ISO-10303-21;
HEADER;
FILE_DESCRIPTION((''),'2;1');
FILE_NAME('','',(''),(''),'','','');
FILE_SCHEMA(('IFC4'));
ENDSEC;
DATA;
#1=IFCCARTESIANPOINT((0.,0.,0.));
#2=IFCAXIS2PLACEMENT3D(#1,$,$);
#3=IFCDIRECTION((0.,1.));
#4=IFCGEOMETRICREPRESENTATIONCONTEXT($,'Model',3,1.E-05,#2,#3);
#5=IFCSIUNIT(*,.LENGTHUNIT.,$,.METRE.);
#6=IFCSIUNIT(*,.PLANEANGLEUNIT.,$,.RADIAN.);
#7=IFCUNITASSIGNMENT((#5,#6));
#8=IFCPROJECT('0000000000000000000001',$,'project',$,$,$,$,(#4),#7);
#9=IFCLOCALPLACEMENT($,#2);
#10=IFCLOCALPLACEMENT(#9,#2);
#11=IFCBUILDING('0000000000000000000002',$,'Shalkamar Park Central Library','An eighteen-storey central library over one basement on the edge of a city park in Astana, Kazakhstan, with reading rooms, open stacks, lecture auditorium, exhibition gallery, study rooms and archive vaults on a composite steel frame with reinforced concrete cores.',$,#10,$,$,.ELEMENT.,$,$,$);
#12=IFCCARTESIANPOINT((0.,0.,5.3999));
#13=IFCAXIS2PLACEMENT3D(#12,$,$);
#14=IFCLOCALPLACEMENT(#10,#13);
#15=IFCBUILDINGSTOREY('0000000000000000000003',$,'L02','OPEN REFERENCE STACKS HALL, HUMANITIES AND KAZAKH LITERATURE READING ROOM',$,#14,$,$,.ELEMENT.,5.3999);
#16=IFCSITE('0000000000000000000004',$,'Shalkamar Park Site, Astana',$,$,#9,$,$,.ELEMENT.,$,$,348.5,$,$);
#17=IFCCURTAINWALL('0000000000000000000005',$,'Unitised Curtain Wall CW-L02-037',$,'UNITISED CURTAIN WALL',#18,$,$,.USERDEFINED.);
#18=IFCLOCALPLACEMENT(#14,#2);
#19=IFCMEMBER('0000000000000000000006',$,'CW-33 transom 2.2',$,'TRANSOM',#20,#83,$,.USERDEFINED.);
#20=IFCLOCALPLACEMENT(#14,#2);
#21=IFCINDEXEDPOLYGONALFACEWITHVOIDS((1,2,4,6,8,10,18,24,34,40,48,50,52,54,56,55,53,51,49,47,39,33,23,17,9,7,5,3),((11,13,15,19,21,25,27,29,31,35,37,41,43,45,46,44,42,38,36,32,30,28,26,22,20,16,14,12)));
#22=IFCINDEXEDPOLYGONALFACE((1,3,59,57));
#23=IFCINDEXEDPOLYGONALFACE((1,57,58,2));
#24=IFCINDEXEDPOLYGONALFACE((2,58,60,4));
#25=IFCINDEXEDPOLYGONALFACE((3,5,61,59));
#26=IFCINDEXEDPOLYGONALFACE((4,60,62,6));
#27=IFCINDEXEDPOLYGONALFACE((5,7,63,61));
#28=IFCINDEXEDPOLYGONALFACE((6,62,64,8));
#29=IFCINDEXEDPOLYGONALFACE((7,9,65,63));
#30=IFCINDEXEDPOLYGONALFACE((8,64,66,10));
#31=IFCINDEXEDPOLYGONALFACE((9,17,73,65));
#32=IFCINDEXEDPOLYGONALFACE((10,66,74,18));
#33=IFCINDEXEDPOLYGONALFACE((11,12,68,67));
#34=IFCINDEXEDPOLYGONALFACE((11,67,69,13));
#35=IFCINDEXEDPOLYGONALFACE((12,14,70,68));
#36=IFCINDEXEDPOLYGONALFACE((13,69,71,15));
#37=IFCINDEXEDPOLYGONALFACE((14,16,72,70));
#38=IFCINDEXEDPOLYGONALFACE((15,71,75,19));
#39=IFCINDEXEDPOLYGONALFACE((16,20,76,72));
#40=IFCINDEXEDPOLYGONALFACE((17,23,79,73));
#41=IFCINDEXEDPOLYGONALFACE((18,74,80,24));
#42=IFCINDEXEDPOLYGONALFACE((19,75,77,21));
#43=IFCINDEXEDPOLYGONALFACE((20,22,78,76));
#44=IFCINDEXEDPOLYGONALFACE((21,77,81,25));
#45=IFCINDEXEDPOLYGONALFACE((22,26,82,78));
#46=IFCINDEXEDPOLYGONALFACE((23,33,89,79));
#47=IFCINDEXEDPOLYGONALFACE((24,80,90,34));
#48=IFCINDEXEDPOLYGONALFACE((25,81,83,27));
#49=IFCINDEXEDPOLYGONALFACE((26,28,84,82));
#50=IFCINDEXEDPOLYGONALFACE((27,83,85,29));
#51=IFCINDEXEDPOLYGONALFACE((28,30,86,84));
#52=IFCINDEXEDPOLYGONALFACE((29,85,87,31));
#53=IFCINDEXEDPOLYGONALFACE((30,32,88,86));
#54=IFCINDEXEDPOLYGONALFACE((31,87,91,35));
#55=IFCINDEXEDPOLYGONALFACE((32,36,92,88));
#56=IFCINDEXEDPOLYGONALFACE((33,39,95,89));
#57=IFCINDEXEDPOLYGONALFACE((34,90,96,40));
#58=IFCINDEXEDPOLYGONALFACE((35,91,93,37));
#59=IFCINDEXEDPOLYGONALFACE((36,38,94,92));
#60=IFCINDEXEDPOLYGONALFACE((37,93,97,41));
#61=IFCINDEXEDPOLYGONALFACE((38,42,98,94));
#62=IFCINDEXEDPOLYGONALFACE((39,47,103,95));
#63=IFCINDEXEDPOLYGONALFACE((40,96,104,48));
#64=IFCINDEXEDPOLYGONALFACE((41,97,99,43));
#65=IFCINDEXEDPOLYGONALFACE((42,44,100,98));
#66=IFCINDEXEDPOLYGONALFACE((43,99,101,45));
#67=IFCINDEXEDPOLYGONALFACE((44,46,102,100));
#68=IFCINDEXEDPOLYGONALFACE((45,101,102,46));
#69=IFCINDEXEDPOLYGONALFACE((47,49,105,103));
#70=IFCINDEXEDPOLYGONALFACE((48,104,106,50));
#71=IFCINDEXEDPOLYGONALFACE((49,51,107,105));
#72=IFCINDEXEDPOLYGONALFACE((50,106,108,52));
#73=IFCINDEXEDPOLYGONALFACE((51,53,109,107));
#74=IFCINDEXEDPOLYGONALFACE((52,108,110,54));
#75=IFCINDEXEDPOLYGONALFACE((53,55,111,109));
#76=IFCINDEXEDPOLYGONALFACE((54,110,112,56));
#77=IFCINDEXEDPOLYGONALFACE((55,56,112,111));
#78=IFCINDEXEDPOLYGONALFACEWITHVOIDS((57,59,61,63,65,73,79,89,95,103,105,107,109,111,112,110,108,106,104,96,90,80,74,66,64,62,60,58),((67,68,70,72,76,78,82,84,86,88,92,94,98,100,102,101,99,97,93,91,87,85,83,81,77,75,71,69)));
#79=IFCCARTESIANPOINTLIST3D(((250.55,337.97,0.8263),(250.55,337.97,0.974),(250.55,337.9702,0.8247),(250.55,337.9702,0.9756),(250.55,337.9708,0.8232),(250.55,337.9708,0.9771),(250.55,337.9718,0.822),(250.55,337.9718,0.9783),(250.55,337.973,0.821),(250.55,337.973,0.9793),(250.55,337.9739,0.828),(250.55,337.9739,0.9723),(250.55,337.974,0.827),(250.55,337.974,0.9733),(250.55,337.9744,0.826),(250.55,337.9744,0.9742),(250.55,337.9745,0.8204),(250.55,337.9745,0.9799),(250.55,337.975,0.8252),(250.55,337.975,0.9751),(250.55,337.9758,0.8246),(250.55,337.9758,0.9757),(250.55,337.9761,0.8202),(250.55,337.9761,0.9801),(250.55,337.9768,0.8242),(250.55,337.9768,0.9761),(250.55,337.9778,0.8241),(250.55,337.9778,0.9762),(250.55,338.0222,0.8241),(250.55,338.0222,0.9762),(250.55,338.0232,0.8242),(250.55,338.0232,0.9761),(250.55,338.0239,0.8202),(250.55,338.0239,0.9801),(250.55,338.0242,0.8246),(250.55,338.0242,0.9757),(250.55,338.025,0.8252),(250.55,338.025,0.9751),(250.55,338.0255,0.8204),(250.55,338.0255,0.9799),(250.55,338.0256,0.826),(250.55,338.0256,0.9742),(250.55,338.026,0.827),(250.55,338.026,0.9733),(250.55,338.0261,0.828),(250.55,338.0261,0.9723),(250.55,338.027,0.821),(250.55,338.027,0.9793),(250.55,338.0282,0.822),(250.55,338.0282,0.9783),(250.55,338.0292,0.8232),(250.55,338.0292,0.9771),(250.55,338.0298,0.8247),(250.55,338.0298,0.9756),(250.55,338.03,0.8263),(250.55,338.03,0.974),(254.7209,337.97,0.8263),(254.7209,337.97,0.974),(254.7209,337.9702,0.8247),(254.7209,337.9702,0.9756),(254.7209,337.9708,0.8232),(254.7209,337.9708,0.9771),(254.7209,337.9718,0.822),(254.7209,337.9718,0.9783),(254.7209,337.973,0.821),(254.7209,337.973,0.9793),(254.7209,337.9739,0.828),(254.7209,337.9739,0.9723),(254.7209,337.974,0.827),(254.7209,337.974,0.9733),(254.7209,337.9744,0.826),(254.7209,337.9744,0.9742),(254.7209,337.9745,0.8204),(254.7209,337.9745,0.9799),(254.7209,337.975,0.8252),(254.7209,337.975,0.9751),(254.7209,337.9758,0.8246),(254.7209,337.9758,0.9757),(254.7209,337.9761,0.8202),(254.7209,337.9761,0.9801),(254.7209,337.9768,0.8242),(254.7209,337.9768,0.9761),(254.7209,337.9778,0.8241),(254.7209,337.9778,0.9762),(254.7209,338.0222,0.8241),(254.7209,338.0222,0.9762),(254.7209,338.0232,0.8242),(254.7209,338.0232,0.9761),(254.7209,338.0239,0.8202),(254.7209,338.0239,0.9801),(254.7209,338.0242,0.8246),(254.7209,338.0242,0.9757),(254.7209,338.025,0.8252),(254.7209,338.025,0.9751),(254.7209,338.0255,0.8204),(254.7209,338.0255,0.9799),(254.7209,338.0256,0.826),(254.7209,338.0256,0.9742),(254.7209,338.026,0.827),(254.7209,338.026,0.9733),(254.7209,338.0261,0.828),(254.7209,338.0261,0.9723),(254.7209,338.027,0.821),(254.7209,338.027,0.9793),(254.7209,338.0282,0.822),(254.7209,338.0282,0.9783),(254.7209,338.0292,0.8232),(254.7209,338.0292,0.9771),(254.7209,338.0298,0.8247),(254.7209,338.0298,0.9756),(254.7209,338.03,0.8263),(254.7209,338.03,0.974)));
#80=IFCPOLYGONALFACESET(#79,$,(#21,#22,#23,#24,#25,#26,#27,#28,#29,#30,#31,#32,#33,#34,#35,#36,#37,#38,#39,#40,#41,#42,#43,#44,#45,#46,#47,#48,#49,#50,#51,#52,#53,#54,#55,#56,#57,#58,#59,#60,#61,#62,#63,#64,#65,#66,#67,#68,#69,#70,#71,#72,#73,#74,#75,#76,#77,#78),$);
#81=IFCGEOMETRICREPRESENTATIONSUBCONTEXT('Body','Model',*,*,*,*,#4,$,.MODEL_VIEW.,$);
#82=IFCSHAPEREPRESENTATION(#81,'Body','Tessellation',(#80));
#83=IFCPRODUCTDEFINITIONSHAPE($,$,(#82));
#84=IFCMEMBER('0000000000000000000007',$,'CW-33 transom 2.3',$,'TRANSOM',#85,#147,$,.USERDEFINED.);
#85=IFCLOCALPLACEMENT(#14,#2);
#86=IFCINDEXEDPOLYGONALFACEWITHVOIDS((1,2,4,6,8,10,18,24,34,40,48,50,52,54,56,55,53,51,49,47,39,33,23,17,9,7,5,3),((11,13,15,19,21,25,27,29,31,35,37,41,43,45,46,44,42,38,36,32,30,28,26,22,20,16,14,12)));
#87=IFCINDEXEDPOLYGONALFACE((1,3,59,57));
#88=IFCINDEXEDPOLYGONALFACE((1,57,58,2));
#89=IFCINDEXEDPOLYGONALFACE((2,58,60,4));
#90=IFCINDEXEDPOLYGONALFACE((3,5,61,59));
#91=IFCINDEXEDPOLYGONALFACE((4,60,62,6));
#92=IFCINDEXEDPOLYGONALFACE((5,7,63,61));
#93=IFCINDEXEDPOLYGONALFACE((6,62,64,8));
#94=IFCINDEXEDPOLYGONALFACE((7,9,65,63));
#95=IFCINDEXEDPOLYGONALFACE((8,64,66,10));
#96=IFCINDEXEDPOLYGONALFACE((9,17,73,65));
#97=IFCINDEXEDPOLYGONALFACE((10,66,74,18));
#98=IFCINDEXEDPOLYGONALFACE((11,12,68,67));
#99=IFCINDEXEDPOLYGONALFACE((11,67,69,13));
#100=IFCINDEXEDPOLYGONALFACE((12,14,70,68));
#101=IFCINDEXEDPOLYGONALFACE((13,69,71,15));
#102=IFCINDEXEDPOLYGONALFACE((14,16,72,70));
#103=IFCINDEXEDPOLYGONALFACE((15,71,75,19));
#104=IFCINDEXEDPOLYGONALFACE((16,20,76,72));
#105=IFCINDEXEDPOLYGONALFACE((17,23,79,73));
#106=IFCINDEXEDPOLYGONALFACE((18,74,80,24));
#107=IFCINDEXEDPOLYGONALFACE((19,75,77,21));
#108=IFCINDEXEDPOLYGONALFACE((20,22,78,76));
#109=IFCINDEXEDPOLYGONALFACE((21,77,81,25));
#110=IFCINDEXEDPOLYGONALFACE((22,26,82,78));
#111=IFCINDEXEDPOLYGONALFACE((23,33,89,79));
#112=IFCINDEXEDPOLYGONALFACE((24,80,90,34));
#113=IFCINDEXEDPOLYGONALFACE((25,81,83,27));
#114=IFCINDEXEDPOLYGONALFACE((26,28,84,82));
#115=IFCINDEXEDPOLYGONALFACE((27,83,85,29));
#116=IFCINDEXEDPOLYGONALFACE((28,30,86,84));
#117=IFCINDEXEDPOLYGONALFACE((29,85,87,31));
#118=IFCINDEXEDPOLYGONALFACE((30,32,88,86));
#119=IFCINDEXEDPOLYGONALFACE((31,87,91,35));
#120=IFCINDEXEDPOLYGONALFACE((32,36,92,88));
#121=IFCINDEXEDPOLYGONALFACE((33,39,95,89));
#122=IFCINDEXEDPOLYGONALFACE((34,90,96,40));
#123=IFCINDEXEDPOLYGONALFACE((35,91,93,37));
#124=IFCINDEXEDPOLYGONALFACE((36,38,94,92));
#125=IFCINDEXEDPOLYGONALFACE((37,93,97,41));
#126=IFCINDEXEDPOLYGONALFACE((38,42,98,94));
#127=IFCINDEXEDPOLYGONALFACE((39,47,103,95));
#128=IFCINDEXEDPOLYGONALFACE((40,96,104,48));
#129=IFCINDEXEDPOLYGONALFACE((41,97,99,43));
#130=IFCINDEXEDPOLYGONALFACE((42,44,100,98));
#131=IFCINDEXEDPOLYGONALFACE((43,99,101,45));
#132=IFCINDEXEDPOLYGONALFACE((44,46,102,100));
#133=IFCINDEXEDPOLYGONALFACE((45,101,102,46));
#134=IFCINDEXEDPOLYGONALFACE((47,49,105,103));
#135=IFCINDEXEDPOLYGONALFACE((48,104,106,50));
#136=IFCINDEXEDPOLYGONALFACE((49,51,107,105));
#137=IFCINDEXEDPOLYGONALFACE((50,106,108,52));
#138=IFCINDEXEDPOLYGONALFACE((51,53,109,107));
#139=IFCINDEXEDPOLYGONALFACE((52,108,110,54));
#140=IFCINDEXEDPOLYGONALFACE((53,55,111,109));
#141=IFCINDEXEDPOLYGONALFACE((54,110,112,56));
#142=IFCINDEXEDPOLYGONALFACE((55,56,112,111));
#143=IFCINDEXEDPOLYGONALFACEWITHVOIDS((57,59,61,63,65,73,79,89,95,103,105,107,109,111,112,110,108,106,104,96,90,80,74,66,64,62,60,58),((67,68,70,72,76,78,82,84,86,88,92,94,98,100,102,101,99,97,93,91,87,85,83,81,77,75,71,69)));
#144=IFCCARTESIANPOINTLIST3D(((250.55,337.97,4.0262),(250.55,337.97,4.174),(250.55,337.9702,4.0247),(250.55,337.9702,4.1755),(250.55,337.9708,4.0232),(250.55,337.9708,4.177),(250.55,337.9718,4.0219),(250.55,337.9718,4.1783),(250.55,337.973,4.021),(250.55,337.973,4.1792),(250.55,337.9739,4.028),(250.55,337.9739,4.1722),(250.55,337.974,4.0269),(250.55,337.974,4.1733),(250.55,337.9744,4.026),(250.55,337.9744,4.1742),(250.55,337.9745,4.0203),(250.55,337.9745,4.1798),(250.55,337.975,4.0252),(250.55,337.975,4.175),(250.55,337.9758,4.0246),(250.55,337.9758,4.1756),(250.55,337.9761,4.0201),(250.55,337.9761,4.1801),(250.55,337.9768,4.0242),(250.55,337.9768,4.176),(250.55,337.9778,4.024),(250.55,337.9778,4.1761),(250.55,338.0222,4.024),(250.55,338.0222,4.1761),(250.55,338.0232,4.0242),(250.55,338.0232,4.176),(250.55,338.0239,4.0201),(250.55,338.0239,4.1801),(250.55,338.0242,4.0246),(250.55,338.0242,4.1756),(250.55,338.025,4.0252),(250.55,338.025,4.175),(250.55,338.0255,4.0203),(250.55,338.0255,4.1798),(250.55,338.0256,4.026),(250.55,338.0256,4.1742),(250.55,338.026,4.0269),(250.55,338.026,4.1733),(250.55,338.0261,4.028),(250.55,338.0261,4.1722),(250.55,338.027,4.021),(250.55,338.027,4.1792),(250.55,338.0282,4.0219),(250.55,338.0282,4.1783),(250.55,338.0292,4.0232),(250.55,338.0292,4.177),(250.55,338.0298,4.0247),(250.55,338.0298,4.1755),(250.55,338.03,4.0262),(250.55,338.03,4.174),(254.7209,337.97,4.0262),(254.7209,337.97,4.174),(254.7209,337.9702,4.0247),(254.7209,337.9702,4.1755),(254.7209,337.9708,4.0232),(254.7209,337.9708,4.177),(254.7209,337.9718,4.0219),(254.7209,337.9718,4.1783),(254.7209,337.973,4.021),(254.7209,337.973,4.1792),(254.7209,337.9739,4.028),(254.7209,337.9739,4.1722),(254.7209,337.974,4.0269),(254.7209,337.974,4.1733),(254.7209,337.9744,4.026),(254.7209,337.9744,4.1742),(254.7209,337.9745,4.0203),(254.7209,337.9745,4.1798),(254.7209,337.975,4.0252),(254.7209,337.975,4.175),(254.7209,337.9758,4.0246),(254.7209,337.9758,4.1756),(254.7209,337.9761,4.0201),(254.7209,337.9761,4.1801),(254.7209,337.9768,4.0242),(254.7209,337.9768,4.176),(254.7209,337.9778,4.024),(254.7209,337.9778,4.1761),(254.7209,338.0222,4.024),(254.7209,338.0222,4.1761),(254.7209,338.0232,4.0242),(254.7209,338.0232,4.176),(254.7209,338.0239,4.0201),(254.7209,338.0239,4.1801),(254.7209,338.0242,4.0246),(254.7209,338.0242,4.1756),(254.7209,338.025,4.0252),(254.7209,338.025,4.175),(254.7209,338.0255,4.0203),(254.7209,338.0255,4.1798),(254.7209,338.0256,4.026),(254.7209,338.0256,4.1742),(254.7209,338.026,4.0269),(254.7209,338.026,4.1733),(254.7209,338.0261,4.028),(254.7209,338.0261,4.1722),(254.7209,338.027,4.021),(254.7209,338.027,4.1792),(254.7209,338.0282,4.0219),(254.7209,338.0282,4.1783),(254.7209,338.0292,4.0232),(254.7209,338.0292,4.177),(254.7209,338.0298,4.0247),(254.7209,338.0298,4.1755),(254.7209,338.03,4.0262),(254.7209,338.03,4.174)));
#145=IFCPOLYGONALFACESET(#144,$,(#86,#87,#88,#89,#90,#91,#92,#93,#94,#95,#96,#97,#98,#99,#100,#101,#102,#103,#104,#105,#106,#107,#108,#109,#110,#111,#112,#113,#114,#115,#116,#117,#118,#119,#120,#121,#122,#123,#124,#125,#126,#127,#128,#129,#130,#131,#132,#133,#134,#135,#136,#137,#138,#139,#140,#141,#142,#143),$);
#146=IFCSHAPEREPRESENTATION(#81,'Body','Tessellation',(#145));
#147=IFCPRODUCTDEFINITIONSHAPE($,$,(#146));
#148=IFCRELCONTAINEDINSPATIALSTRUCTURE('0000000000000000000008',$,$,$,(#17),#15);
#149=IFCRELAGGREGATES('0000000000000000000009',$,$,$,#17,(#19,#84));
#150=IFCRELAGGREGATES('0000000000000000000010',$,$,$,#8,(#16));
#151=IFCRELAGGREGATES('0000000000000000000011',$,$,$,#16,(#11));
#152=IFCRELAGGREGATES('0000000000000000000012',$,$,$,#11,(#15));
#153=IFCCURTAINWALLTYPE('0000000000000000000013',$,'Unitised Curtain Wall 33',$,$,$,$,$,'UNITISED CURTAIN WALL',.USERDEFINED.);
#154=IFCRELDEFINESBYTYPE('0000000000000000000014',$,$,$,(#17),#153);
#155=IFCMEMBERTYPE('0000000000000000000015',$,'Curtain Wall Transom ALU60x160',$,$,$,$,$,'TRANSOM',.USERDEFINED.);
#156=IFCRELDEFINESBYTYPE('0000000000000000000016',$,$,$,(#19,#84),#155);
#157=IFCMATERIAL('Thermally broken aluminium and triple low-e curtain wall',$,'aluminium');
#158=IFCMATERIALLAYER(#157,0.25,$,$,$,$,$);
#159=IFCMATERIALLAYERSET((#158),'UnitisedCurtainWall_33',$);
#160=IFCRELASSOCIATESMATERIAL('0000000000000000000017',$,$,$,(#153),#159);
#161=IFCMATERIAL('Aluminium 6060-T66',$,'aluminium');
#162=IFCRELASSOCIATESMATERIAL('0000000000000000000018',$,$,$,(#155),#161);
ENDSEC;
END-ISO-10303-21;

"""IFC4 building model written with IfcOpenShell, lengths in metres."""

from ifc_helpers import new_model, si_unit, direction, frame, origin, origin_2d, place, context, subcontext, project, spatial, hollow_rectangle, extrude, material, layer, layer_set, material_profile, profile_set, type_object, element, aggregate, save


model = new_model("IFC4")

# Units and contexts
model_context = context("Model", 3, precision=1e-05, world=origin(), true_north=direction((0.0, 1.0)))
body_context = subcontext(model_context, "Body", "Model", "MODEL_VIEW")
ifc_project = project(units=[si_unit("LENGTHUNIT", "METRE"), si_unit("PLANEANGLEUNIT", "RADIAN")], contexts=[model_context])

# Site, building, storey
site_placement = place(None, origin())
site = spatial("IfcSite", under=ifc_project, at=site_placement, Name="Shalkamar Park Site, Astana", CompositionType="ELEMENT", RefElevation=348.5)
building_placement = place(site_placement, origin())
building = spatial("IfcBuilding", under=site, at=building_placement, Name="Shalkamar Park Central Library", Description="An eighteen-storey central library over one basement on the edge of a city park in Astana, Kazakhstan, with reading rooms, open stacks, lecture auditorium, exhibition gallery, study rooms and archive vaults on a composite steel frame with reinforced concrete cores.", CompositionType="ELEMENT")
storey_placement = place(building_placement, frame((0.0, 0.0, 5.3999)))
storey = spatial("IfcBuildingStorey", under=building, at=storey_placement, Name="L02", Description="OPEN REFERENCE STACKS HALL, HUMANITIES AND KAZAKH LITERATURE READING ROOM", CompositionType="ELEMENT", Elevation=5.3999)

# Curtain wall
ifc_material_1 = material(Name="Thermally broken aluminium and triple low-e curtain wall", Category="aluminium")
ifc_layer_1 = layer(ifc_material_1, 0.25)
ifc_layer_set_1 = layer_set([ifc_layer_1], Name="UnitisedCurtainWall_33")
curtain_wall_type_1 = type_object("IfcCurtainWallType", Name="Unitised Curtain Wall 33", ElementType="UNITISED CURTAIN WALL", PredefinedType="USERDEFINED", material=ifc_layer_set_1)
curtain_wall_1_placement = place(storey_placement, origin())
curtain_wall_1 = element("IfcCurtainWall", 1, at=curtain_wall_1_placement, inside=storey, type_object=curtain_wall_type_1, Name="Unitised Curtain Wall CW-L02-037", ObjectType="UNITISED CURTAIN WALL", PredefinedType="USERDEFINED")
ifc_material_2 = material(Name="Aluminium 6060-T66", Category="aluminium")

# Members
ifc_material_profile_1 = material_profile(ifc_material_2, hollow_rectangle(XDim=0.0601, YDim=0.1599, WallThickness=0.0039, InnerFilletRadius=0.0039, OuterFilletRadius=0.0061, at=origin_2d()), Name="ALU 60x160x4")
ifc_profile_set_1 = profile_set([ifc_material_profile_1], Name="Aluminium 6060-T66")
member_type_1 = type_object("IfcMemberType", Name="Curtain Wall Transom ALU60x160", ElementType="TRANSOM", PredefinedType="USERDEFINED", material=ifc_profile_set_1)
member_1_placement = place(storey_placement, frame((250.55, 338.0, 0.9001), z_axis=(1.0, 0.0, 0.0), x_axis=(0.0, 1.0, 0.0)))
member_1 = element("IfcMember", 2, at=member_1_placement, type_object=member_type_1, Name="CW-33 transom 2.2", ObjectType="TRANSOM", PredefinedType="USERDEFINED", context=body_context, shape_type="SweptSolid", body=[
    extrude(hollow_rectangle(XDim=0.0601, YDim=0.1599, WallThickness=0.0039, InnerFilletRadius=0.0039, OuterFilletRadius=0.0061, at=origin_2d()), origin(), (0.0, 0.0, 1.0), 4.1709),
])
member_2_placement = place(storey_placement, frame((250.55, 338.0, 4.1001), z_axis=(1.0, 0.0, 0.0), x_axis=(0.0, 1.0, 0.0)))
member_2 = element("IfcMember", 3, at=member_2_placement, type_object=member_type_1, Name="CW-33 transom 2.3", ObjectType="TRANSOM", PredefinedType="USERDEFINED", context=body_context, shape_type="SweptSolid", body=[
    extrude(hollow_rectangle(XDim=0.0601, YDim=0.1599, WallThickness=0.0039, InnerFilletRadius=0.0039, OuterFilletRadius=0.0061, at=origin_2d()), origin(), (0.0, 0.0, 1.0), 4.1709),
])

aggregate(curtain_wall_1, [member_1, member_2])

save(model, "model.ifc")
